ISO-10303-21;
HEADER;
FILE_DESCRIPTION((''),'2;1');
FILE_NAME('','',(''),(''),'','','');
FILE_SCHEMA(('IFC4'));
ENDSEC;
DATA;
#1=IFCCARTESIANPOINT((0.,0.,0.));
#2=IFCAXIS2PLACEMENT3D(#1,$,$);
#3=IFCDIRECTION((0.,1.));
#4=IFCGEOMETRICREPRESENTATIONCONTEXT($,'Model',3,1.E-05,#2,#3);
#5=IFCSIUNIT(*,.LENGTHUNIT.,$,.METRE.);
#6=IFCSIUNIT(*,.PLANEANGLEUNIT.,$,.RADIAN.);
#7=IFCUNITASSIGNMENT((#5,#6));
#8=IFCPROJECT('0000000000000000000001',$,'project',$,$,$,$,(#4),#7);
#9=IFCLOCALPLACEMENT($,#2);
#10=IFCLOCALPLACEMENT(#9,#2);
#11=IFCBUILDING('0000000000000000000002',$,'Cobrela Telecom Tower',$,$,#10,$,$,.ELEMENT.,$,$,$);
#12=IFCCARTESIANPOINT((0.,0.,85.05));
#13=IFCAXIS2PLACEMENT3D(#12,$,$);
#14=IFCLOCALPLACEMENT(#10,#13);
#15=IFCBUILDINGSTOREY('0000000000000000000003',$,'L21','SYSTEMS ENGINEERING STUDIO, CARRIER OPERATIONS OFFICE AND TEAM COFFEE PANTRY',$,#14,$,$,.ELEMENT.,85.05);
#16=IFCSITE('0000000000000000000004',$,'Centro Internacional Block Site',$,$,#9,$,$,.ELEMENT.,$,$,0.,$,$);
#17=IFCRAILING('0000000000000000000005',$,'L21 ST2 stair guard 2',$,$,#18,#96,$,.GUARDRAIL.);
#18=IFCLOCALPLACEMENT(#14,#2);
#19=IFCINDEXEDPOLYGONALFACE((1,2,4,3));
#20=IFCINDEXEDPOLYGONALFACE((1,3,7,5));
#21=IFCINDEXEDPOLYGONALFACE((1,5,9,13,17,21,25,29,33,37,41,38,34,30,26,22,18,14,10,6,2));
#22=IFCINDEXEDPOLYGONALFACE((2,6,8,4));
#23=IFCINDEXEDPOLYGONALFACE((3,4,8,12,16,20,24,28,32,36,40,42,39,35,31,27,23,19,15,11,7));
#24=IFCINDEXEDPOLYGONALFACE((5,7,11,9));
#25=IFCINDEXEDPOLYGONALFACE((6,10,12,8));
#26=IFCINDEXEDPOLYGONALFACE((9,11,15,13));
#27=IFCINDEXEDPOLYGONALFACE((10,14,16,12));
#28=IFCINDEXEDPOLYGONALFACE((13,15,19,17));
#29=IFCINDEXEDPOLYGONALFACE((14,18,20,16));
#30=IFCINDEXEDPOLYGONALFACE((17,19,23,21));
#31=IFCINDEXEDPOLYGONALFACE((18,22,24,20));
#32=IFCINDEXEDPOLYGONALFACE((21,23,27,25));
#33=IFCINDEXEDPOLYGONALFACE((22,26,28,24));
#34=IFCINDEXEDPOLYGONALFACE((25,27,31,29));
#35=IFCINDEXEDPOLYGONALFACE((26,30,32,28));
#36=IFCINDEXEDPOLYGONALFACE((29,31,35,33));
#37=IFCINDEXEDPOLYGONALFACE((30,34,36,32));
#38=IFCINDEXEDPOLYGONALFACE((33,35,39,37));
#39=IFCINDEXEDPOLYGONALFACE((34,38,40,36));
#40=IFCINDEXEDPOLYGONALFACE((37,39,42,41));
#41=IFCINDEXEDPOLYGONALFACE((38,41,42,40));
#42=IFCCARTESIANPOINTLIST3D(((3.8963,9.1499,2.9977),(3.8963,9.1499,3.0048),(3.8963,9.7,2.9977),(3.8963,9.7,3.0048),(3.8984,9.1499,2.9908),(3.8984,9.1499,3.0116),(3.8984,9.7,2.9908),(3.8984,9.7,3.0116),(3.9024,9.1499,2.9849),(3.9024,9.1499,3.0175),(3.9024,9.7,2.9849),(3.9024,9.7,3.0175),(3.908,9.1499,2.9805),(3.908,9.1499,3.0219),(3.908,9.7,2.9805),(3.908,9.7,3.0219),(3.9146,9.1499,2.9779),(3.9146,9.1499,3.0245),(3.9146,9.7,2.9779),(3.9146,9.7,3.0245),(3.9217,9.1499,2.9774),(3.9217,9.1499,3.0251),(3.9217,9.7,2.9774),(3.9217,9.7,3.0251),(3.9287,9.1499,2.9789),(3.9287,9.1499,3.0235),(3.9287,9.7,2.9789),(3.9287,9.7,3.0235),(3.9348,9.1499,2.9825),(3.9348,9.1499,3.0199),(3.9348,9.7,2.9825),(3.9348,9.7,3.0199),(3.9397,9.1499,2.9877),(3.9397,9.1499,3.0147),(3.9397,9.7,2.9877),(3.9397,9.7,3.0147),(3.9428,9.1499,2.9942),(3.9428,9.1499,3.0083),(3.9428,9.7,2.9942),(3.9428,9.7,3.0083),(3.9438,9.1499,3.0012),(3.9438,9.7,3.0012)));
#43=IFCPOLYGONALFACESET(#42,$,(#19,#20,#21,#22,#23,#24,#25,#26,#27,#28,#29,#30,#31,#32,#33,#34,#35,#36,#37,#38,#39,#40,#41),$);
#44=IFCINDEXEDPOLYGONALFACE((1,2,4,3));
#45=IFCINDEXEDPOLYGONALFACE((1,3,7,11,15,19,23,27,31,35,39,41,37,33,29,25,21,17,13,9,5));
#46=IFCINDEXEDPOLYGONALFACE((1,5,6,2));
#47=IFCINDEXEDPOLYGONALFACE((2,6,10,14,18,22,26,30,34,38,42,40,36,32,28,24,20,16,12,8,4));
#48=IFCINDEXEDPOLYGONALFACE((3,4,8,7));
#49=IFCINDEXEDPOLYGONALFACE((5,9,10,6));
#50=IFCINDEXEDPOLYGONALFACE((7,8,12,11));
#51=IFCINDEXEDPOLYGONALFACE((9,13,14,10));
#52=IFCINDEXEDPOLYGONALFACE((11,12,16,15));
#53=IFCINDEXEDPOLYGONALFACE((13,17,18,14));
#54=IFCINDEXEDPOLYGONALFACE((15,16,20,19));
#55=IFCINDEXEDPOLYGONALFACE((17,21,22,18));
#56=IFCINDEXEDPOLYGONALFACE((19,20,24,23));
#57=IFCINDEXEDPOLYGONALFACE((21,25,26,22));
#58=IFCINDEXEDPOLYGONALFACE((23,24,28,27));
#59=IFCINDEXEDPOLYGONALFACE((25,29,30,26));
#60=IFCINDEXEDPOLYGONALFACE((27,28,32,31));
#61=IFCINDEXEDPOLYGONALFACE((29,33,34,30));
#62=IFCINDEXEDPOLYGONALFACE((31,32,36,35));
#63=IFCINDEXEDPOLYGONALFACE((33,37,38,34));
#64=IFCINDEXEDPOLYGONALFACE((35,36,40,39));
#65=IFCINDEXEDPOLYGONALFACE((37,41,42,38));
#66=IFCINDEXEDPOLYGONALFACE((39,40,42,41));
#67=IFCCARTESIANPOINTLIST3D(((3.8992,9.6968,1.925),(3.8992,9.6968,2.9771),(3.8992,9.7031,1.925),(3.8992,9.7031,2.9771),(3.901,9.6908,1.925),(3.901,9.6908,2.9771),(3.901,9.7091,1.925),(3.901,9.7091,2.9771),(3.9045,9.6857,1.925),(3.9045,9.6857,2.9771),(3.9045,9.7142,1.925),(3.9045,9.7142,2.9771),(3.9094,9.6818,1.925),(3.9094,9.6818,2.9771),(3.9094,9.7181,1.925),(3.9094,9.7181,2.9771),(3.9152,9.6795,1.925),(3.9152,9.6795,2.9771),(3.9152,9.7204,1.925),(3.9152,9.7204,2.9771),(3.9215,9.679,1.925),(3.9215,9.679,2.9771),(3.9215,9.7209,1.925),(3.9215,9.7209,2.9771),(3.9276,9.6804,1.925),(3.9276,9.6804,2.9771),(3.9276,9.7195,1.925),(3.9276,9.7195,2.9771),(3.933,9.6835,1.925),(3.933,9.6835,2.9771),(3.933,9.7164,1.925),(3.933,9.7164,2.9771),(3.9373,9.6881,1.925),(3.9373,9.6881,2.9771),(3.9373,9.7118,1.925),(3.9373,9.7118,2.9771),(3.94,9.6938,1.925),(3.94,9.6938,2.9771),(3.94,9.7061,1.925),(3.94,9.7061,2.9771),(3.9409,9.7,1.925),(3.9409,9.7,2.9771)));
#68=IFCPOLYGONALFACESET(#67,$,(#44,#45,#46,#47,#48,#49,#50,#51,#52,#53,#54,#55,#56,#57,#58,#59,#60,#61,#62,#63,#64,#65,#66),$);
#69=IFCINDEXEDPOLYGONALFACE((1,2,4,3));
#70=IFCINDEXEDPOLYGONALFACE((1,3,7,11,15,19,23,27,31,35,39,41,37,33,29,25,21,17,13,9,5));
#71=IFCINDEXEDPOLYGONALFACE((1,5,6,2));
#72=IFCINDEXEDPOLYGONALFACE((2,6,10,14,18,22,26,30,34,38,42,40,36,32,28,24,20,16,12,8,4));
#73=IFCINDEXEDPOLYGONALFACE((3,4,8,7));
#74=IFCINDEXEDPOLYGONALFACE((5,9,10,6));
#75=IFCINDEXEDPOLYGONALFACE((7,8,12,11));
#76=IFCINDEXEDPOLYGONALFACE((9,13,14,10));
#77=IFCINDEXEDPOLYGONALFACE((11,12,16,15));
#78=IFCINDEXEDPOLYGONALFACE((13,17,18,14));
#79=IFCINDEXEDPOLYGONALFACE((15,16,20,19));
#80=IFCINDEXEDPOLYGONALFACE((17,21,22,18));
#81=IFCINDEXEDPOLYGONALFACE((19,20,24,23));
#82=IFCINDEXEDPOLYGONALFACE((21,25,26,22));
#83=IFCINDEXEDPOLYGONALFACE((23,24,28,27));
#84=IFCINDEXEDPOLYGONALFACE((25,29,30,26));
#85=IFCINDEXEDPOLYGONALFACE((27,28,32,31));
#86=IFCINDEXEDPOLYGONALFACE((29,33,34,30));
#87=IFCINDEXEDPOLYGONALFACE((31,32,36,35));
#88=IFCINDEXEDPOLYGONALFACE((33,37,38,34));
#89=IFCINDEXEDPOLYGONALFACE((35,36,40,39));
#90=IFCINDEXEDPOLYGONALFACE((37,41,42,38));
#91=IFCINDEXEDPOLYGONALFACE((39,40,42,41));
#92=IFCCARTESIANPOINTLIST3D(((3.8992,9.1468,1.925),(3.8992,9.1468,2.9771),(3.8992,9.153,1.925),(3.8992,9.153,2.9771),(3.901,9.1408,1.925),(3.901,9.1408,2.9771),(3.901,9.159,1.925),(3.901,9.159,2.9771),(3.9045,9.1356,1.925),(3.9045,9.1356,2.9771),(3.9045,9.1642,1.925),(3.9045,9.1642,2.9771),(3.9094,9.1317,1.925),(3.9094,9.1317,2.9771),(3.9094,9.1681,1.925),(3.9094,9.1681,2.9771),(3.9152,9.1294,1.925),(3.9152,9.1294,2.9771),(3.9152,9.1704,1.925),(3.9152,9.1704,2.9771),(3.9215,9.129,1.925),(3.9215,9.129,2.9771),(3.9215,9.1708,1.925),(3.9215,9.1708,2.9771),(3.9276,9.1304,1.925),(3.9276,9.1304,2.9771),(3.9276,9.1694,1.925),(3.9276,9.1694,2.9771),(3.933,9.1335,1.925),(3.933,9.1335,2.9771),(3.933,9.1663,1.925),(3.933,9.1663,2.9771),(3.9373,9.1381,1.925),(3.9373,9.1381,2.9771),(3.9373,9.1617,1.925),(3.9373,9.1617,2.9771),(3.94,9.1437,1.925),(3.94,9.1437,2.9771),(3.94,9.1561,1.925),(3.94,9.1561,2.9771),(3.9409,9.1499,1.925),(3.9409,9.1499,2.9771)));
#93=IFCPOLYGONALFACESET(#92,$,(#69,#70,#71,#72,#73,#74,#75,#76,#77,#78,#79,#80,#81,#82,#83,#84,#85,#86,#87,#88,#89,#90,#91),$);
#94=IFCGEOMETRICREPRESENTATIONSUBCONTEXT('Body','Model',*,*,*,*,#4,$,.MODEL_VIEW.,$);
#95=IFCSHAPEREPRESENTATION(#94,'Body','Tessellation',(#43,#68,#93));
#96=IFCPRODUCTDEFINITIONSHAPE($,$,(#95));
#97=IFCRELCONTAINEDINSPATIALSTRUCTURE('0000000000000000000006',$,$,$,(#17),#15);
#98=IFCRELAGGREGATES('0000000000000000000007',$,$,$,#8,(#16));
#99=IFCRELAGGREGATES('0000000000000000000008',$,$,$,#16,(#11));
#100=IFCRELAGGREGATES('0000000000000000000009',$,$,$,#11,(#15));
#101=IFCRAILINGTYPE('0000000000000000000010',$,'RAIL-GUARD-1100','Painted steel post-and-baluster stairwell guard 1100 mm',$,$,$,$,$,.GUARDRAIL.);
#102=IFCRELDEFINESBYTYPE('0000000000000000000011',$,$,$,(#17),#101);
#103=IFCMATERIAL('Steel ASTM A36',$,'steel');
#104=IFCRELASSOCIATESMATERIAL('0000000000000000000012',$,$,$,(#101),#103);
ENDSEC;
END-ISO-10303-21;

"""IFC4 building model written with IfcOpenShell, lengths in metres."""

from ifc_helpers import new_model, si_unit, direction, frame, origin, origin_2d, place, context, subcontext, project, spatial, circle, extrude, material, type_object, element, save


model = new_model("IFC4")

# Units and contexts
model_context = context("Model", 3, precision=1e-05, world=origin(), true_north=direction((0.0, 1.0)))
body_context = subcontext(model_context, "Body", "Model", "MODEL_VIEW")
ifc_project = project(units=[si_unit("LENGTHUNIT", "METRE"), si_unit("PLANEANGLEUNIT", "RADIAN")], contexts=[model_context])

# Site, building, storey
site_placement = place(None, origin())
site = spatial("IfcSite", under=ifc_project, at=site_placement, Name="Centro Internacional Block Site", CompositionType="ELEMENT", RefElevation=0.0)
building_placement = place(site_placement, origin())
building = spatial("IfcBuilding", under=site, at=building_placement, Name="Cobrela Telecom Tower", CompositionType="ELEMENT")
storey_placement = place(building_placement, frame((0.0, 0.0, 85.05)))
storey = spatial("IfcBuildingStorey", under=building, at=storey_placement, Name="L21", Description="SYSTEMS ENGINEERING STUDIO, CARRIER OPERATIONS OFFICE AND TEAM COFFEE PANTRY", CompositionType="ELEMENT", Elevation=85.05)

# Railing
ifc_material_1 = material(Name="Steel ASTM A36", Category="steel")
railing_type_1 = type_object("IfcRailingType", Name="RAIL-GUARD-1100", Description="Painted steel post-and-baluster stairwell guard 1100 mm", PredefinedType="GUARDRAIL", material=ifc_material_1)
railing_1_placement = place(storey_placement, frame((3.9199, 9.7, 1.925)))
element("IfcRailing", 1, at=railing_1_placement, inside=storey, type_object=railing_type_1, Name="L21 ST2 stair guard 2", PredefinedType="GUARDRAIL", context=body_context, shape_type="SweptSolid", body=[
    extrude(circle(Radius=0.0239, at=origin_2d()), frame((0.0, 0.0, 1.0762), z_axis=(0.0, -1.0, 0.0), x_axis=(1.0, 0.0, 0.0)), (0.0, 0.0, 1.0), 0.55),
    extrude(circle(Radius=0.021, at=origin_2d()), origin(), (0.0, 0.0, 1.0), 1.052),
    extrude(circle(Radius=0.021, at=origin_2d()), frame((0.0, -0.55, 0.0)), (0.0, 0.0, 1.0), 1.052),
])

save(model, "model.ifc")
